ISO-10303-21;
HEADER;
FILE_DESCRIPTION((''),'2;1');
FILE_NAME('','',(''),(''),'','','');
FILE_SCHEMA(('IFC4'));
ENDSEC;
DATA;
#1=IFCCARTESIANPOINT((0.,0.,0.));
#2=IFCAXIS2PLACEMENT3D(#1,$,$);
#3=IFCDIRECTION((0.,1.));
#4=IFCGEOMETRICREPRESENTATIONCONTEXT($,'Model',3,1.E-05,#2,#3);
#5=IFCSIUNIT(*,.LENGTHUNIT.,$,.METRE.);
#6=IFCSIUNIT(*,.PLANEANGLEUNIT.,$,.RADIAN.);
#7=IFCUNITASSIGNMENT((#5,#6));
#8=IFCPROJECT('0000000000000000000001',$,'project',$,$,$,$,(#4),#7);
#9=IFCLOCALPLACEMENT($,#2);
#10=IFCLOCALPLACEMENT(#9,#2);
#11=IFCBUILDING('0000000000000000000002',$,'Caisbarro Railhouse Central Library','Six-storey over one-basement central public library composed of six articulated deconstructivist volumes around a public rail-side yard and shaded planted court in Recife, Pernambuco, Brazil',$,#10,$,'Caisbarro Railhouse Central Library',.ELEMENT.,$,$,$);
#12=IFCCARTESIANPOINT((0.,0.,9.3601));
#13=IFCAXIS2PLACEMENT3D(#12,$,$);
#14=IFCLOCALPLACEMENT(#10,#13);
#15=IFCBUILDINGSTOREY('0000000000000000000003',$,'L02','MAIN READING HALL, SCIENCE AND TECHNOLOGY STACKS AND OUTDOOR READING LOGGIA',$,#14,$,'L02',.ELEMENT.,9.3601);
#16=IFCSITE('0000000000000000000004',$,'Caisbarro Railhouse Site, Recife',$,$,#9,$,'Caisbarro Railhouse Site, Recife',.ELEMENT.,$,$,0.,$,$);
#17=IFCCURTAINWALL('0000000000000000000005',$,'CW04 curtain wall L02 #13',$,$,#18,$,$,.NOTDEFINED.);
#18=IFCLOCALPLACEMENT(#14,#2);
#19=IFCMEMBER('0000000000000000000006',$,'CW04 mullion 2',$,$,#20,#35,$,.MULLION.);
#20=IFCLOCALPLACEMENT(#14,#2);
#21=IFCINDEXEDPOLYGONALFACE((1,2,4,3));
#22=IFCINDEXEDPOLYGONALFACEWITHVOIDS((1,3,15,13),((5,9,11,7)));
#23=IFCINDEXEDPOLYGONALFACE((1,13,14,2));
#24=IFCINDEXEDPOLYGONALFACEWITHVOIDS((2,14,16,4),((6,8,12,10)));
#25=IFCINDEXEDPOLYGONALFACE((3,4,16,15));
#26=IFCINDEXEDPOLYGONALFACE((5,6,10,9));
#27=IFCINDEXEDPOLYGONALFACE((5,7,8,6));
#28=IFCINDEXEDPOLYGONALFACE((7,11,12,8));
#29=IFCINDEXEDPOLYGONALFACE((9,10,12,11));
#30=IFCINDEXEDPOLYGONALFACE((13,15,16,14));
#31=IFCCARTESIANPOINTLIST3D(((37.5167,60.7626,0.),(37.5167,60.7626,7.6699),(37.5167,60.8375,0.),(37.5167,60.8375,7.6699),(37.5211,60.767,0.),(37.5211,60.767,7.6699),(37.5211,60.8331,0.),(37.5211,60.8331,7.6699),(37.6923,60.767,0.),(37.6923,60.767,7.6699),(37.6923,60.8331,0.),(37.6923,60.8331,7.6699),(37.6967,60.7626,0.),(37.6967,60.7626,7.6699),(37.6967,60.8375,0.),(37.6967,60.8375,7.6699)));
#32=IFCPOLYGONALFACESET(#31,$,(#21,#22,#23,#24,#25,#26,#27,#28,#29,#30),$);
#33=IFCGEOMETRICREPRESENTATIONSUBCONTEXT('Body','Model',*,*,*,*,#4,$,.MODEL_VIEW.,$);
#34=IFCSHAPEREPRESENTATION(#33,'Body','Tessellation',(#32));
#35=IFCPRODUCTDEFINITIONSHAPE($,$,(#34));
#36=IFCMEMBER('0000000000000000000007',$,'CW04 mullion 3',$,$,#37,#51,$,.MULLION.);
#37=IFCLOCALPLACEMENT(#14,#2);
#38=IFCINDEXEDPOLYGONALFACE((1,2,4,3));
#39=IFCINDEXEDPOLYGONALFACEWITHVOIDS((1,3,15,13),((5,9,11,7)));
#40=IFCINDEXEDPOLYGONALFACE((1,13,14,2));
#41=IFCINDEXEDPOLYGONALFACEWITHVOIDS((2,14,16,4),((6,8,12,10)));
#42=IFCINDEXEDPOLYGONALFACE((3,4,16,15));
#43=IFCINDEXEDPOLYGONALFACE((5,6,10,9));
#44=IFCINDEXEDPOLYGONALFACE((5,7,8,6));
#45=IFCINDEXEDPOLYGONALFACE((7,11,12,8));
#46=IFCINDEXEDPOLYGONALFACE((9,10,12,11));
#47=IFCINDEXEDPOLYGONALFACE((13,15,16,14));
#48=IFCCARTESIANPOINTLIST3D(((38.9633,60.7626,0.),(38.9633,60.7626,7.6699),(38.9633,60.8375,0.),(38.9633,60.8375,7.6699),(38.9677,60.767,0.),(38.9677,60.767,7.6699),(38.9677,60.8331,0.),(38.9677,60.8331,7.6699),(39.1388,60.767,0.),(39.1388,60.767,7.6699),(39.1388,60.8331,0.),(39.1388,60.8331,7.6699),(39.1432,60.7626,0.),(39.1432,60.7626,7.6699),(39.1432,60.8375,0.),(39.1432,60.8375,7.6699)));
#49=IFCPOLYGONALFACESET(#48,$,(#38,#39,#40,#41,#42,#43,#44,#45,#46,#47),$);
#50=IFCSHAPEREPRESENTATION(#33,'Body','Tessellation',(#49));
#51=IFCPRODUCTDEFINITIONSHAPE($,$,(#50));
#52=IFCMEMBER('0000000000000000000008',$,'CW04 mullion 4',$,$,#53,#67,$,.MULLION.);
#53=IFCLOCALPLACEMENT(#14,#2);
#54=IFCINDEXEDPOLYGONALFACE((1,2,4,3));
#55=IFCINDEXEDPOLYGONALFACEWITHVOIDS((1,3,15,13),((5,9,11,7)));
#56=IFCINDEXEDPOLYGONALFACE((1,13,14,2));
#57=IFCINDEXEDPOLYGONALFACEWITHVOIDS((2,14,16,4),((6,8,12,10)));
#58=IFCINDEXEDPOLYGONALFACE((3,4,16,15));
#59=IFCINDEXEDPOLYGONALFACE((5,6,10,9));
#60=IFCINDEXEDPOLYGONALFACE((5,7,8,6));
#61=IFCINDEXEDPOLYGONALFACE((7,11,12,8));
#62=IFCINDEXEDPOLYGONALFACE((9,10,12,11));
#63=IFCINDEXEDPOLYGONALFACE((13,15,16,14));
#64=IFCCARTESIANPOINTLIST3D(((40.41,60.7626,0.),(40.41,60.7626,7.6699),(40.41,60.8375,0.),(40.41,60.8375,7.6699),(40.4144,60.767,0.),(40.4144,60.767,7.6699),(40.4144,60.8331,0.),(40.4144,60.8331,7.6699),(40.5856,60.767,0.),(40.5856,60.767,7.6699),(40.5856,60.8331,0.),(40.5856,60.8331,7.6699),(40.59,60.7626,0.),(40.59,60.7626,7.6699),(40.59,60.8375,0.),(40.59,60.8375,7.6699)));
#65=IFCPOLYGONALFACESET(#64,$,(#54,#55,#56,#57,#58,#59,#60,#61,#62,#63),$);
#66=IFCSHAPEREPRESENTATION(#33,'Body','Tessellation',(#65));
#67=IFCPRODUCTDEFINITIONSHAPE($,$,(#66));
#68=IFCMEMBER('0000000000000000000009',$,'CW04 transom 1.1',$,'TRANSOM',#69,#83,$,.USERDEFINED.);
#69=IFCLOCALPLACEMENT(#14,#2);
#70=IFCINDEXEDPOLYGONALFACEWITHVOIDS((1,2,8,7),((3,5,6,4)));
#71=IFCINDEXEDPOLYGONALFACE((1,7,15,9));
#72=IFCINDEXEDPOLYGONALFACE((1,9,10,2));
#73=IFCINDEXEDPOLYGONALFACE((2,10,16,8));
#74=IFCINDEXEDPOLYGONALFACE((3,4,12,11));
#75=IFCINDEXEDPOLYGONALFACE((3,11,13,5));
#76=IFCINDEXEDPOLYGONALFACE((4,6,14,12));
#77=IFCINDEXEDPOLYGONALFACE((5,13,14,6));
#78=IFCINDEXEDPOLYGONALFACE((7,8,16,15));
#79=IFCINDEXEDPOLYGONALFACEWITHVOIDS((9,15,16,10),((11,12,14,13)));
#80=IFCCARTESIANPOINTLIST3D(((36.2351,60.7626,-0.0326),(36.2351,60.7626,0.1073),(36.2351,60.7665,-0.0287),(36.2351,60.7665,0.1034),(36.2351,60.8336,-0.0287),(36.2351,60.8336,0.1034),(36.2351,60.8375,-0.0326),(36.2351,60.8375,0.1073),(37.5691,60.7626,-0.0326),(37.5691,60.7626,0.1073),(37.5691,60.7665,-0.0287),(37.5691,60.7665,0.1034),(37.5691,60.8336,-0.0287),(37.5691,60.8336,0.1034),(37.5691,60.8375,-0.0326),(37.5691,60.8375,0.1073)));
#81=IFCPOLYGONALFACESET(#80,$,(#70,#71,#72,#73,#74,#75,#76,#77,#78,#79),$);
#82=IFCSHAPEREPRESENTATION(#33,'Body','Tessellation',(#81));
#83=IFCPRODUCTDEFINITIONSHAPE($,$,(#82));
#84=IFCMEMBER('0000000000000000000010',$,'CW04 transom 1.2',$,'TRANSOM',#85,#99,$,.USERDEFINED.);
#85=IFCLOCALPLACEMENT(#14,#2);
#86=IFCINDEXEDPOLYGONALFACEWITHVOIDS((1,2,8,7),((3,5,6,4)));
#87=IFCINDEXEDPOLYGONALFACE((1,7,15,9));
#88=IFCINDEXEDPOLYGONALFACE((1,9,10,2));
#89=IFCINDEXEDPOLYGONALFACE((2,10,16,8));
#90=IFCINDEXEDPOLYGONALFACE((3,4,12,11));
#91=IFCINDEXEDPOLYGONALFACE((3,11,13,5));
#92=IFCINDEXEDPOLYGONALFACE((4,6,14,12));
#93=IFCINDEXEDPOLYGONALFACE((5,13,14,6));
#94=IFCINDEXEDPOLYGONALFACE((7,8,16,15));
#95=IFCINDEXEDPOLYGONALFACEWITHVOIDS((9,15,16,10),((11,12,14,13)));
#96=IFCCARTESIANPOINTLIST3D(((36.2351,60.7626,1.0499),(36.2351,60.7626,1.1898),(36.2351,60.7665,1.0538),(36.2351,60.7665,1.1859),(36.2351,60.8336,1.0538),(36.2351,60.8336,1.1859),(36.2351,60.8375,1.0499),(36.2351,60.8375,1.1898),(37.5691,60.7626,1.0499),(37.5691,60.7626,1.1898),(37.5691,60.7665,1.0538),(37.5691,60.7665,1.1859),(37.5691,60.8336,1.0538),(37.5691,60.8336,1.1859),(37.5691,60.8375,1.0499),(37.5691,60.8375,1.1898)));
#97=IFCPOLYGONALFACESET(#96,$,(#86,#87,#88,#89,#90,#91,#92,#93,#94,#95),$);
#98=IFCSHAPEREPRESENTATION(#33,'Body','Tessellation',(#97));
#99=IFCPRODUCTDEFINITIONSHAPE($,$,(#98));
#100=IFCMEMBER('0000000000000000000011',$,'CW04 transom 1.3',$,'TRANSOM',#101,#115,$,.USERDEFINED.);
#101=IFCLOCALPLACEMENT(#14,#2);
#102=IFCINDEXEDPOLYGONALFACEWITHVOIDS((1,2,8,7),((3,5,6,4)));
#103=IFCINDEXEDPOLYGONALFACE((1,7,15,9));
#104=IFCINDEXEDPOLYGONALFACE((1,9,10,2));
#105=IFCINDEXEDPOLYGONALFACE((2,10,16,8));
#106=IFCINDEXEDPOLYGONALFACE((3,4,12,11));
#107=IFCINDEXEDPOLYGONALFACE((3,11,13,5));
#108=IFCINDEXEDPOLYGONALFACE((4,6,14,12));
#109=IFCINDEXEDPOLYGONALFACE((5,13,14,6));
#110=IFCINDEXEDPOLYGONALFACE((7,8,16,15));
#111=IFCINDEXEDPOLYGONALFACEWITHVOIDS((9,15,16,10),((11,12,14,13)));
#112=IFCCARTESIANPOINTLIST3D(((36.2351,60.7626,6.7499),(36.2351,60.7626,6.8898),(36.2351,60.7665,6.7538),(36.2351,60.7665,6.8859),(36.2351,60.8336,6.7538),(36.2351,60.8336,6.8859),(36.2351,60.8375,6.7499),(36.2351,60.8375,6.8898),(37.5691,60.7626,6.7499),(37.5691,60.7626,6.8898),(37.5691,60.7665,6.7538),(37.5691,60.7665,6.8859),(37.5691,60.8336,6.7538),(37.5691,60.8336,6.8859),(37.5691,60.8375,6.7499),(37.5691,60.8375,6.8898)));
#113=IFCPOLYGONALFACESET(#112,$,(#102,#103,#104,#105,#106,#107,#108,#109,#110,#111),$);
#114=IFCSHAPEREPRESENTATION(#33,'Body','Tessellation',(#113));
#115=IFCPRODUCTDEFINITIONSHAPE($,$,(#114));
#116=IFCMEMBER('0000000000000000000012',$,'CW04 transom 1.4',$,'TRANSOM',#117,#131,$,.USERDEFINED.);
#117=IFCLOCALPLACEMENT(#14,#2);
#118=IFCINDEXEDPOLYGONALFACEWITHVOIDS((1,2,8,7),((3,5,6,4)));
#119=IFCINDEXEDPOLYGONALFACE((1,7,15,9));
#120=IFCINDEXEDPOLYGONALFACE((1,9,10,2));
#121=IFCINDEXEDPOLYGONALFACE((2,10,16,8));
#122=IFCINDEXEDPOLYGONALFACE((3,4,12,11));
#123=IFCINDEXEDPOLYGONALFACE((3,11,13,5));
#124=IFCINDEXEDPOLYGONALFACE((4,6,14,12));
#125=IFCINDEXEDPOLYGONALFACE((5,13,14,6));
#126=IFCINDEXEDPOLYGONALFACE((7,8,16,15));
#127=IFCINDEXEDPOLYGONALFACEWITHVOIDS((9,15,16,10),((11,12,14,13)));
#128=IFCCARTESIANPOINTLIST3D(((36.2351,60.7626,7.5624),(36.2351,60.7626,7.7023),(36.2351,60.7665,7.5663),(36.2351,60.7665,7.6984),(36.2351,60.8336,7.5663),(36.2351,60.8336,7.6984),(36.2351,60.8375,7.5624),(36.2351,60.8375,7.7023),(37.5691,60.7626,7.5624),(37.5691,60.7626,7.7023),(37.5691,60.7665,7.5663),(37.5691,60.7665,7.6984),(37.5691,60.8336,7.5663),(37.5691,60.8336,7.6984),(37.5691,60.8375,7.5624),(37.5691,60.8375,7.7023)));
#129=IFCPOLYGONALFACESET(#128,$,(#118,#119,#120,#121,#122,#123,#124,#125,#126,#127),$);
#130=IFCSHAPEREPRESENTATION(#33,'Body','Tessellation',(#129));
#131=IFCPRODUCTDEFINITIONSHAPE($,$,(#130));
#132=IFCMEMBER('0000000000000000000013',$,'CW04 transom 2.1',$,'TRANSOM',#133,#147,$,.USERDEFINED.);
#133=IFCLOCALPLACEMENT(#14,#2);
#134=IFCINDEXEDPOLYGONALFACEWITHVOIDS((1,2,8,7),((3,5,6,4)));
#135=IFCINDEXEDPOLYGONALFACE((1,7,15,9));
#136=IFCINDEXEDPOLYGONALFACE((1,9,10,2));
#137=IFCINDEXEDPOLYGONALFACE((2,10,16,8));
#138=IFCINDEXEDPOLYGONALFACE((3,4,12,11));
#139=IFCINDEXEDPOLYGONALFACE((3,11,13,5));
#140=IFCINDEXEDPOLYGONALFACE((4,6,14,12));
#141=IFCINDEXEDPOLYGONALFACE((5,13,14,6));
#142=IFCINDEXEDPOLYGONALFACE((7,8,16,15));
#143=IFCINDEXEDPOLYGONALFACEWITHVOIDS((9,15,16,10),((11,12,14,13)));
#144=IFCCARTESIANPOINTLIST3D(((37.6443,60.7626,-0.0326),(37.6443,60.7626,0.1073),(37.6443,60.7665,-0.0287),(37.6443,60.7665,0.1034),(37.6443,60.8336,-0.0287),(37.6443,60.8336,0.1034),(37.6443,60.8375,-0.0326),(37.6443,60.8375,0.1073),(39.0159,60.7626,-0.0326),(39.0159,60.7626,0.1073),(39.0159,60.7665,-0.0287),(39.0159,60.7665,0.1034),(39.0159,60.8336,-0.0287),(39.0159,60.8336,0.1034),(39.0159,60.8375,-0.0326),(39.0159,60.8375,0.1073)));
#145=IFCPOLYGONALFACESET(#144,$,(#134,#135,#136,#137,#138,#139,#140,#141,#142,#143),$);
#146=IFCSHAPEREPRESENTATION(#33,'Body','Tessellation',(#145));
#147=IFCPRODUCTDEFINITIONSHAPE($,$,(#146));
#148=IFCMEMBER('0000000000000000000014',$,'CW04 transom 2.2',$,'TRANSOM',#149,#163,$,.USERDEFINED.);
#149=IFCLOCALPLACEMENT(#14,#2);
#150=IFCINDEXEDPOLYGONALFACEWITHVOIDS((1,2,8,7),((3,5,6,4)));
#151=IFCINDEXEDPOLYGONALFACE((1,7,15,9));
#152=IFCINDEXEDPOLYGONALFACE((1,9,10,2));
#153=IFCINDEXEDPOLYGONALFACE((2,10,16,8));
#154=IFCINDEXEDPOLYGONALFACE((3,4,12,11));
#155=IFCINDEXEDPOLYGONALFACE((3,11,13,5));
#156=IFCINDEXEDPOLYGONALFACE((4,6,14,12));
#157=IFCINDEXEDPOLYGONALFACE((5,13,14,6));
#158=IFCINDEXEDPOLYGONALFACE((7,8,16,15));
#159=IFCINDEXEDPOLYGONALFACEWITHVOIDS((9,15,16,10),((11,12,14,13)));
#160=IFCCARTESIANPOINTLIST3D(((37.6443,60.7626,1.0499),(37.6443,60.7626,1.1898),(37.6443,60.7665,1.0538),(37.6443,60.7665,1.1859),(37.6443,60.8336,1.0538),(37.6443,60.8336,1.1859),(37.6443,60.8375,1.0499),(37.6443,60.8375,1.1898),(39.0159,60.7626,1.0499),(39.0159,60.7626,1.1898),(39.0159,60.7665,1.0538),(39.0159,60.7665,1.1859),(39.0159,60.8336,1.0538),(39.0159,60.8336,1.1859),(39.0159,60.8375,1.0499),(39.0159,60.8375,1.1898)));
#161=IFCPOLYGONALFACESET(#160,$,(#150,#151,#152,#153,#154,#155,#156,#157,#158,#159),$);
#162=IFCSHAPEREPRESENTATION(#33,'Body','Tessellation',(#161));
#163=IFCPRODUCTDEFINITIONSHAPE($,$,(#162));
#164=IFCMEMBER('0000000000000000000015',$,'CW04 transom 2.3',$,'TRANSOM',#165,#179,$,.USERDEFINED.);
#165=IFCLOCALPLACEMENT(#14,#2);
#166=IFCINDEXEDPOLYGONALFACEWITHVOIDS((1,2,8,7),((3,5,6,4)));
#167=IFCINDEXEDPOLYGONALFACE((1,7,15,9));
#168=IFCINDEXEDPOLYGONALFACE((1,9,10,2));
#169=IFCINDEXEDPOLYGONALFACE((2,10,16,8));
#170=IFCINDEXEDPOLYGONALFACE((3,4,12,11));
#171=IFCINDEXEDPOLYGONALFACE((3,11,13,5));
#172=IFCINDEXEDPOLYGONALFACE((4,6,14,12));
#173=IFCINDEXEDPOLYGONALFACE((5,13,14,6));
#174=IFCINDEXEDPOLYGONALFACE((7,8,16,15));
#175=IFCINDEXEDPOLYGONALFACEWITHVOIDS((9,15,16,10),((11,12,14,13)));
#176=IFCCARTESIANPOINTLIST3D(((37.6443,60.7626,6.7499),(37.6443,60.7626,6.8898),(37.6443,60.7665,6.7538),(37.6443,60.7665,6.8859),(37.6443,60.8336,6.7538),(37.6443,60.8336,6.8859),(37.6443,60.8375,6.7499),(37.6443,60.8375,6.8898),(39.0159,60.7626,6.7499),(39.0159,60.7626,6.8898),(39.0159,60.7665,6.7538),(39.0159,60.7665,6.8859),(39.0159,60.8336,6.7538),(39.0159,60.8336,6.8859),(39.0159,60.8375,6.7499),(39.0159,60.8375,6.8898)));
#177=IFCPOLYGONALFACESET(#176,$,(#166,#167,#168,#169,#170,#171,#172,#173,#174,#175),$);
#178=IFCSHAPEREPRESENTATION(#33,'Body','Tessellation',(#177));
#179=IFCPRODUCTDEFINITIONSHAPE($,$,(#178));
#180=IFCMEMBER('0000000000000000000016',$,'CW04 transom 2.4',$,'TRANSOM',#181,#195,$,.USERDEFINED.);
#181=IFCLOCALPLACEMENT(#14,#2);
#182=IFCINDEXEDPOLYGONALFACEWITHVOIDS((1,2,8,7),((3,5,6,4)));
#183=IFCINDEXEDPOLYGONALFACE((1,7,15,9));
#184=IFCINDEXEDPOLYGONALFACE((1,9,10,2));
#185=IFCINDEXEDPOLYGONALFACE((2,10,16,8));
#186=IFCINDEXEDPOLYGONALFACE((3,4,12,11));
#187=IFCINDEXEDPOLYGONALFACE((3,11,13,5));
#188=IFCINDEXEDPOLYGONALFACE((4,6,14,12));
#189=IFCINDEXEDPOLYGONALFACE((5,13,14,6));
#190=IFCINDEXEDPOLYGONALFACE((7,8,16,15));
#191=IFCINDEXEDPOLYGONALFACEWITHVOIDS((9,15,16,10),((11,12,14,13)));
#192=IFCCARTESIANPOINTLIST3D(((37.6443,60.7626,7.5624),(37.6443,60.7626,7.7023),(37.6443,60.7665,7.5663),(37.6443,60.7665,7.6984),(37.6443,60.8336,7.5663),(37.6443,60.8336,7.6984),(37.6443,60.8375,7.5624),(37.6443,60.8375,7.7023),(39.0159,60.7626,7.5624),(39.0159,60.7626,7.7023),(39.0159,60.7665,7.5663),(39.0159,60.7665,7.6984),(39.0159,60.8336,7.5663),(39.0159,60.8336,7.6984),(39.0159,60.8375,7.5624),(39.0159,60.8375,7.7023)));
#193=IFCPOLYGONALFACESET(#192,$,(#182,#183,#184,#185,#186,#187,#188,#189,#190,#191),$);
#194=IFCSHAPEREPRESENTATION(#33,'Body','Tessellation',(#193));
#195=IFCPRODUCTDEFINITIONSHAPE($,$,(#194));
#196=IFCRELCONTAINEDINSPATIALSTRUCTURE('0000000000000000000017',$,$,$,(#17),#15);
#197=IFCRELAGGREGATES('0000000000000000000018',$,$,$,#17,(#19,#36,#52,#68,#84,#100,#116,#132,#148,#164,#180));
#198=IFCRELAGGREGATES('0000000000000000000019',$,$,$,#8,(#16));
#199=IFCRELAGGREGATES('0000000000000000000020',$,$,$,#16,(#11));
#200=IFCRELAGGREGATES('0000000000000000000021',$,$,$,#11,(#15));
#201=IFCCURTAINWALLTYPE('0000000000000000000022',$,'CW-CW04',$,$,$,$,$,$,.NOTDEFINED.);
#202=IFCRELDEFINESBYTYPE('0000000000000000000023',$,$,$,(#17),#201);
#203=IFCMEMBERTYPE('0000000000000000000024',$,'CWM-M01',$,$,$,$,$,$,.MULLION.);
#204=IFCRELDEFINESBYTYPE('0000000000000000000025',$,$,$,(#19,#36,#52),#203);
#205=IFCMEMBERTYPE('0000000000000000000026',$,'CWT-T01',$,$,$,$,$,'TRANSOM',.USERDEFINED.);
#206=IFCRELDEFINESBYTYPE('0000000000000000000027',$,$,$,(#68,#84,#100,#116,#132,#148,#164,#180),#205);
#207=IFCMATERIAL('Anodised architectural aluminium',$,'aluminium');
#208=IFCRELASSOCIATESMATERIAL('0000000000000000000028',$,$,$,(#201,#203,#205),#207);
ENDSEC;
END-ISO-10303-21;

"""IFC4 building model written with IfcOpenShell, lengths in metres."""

from ifc_helpers import new_model, si_unit, direction, frame, origin, origin_2d, place, context, subcontext, project, spatial, hollow_rectangle, extrude, material, material_profile, profile_set, type_object, element, aggregate, save


model = new_model("IFC4")

# Units and contexts
model_context = context("Model", 3, precision=1e-05, world=origin(), true_north=direction((0.0, 1.0)))
body_context = subcontext(model_context, "Body", "Model", "MODEL_VIEW")
ifc_project = project(units=[si_unit("LENGTHUNIT", "METRE"), si_unit("PLANEANGLEUNIT", "RADIAN")], contexts=[model_context])

# Site, building, storey
site_placement = place(None, origin())
site = spatial("IfcSite", under=ifc_project, at=site_placement, Name="Caisbarro Railhouse Site, Recife", LongName="Caisbarro Railhouse Site, Recife", CompositionType="ELEMENT", RefElevation=0.0)
building_placement = place(site_placement, origin())
building = spatial("IfcBuilding", under=site, at=building_placement, Name="Caisbarro Railhouse Central Library", Description="Six-storey over one-basement central public library composed of six articulated deconstructivist volumes around a public rail-side yard and shaded planted court in Recife, Pernambuco, Brazil", LongName="Caisbarro Railhouse Central Library", CompositionType="ELEMENT")
storey_placement = place(building_placement, frame((0.0, 0.0, 9.3601)))
storey = spatial("IfcBuildingStorey", under=building, at=storey_placement, Name="L02", Description="MAIN READING HALL, SCIENCE AND TECHNOLOGY STACKS AND OUTDOOR READING LOGGIA", LongName="L02", CompositionType="ELEMENT", Elevation=9.3601)

# Curtain wall, members
ifc_material_1 = material(Name="Anodised architectural aluminium", Category="aluminium")
curtain_wall_type = type_object("IfcCurtainWallType", Name="CW-CW04", PredefinedType="NOTDEFINED", material=ifc_material_1)
curtain_wall_placement = place(storey_placement, origin())
curtain_wall = element("IfcCurtainWall", 1, at=curtain_wall_placement, inside=storey, type_object=curtain_wall_type, Name="CW04 curtain wall L02 #13", PredefinedType="NOTDEFINED")
ifc_material_profile_1 = material_profile(ifc_material_1, hollow_rectangle(XDim=0.075, YDim=0.1799, WallThickness=0.0044, at=origin_2d()), Name="ALU-MUL-75X180")
ifc_profile_set_1 = profile_set([ifc_material_profile_1], Name="Anodised architectural aluminium")
member_type_1 = type_object("IfcMemberType", Name="CWM-M01", PredefinedType="MULLION", material=ifc_profile_set_1)
member_1_placement = place(storey_placement, frame((37.6067, 60.8, 0.0), z_axis=(0.0, 0.0, 1.0), x_axis=(0.0, 1.0, 0.0)))
member_1 = element("IfcMember", 2, at=member_1_placement, type_object=member_type_1, Name="CW04 mullion 2", PredefinedType="MULLION", context=body_context, shape_type="SweptSolid", body=[
    extrude(hollow_rectangle(XDim=0.075, YDim=0.1799, WallThickness=0.0044, at=origin_2d()), origin(), (0.0, 0.0, 1.0), 7.6699),
])
member_2_placement = place(storey_placement, frame((39.0532, 60.8, 0.0), z_axis=(0.0, 0.0, 1.0), x_axis=(0.0, 1.0, 0.0)))
member_2 = element("IfcMember", 3, at=member_2_placement, type_object=member_type_1, Name="CW04 mullion 3", PredefinedType="MULLION", context=body_context, shape_type="SweptSolid", body=[
    extrude(hollow_rectangle(XDim=0.075, YDim=0.1799, WallThickness=0.0044, at=origin_2d()), origin(), (0.0, 0.0, 1.0), 7.6699),
])
member_3_placement = place(storey_placement, frame((40.5, 60.8, 0.0), z_axis=(0.0, 0.0, 1.0), x_axis=(0.0, 1.0, 0.0)))
member_3 = element("IfcMember", 4, at=member_3_placement, type_object=member_type_1, Name="CW04 mullion 4", PredefinedType="MULLION", context=body_context, shape_type="SweptSolid", body=[
    extrude(hollow_rectangle(XDim=0.075, YDim=0.1799, WallThickness=0.0044, at=origin_2d()), origin(), (0.0, 0.0, 1.0), 7.6699),
])
ifc_material_profile_2 = material_profile(ifc_material_1, hollow_rectangle(XDim=0.075, YDim=0.1399, WallThickness=0.0039, at=origin_2d()), Name="ALU-TRN-75X140")
ifc_profile_set_2 = profile_set([ifc_material_profile_2], Name="Anodised architectural aluminium")
member_type_2 = type_object("IfcMemberType", Name="CWT-T01", ElementType="TRANSOM", PredefinedType="USERDEFINED", material=ifc_profile_set_2)
member_4_placement = place(storey_placement, frame((36.2351, 60.8, 0.0374), z_axis=(1.0, 0.0, 0.0), x_axis=(0.0, 1.0, 0.0)))
member_4 = element("IfcMember", 5, at=member_4_placement, type_object=member_type_2, Name="CW04 transom 1.1", ObjectType="TRANSOM", PredefinedType="USERDEFINED", context=body_context, shape_type="SweptSolid", body=[
    extrude(hollow_rectangle(XDim=0.075, YDim=0.1399, WallThickness=0.0039, at=origin_2d()), origin(), (0.0, 0.0, 1.0), 1.334),
])
member_5_placement = place(storey_placement, frame((36.2351, 60.8, 1.1199), z_axis=(1.0, 0.0, 0.0), x_axis=(0.0, 1.0, 0.0)))
member_5 = element("IfcMember", 6, at=member_5_placement, type_object=member_type_2, Name="CW04 transom 1.2", ObjectType="TRANSOM", PredefinedType="USERDEFINED", context=body_context, shape_type="SweptSolid", body=[
    extrude(hollow_rectangle(XDim=0.075, YDim=0.1399, WallThickness=0.0039, at=origin_2d()), origin(), (0.0, 0.0, 1.0), 1.334),
])
member_6_placement = place(storey_placement, frame((36.2351, 60.8, 6.8198), z_axis=(1.0, 0.0, 0.0), x_axis=(0.0, 1.0, 0.0)))
member_6 = element("IfcMember", 7, at=member_6_placement, type_object=member_type_2, Name="CW04 transom 1.3", ObjectType="TRANSOM", PredefinedType="USERDEFINED", context=body_context, shape_type="SweptSolid", body=[
    extrude(hollow_rectangle(XDim=0.075, YDim=0.1399, WallThickness=0.0039, at=origin_2d()), origin(), (0.0, 0.0, 1.0), 1.334),
])
member_7_placement = place(storey_placement, frame((36.2351, 60.8, 7.6323), z_axis=(1.0, 0.0, 0.0), x_axis=(0.0, 1.0, 0.0)))
member_7 = element("IfcMember", 8, at=member_7_placement, type_object=member_type_2, Name="CW04 transom 1.4", ObjectType="TRANSOM", PredefinedType="USERDEFINED", context=body_context, shape_type="SweptSolid", body=[
    extrude(hollow_rectangle(XDim=0.075, YDim=0.1399, WallThickness=0.0039, at=origin_2d()), origin(), (0.0, 0.0, 1.0), 1.334),
])
member_8_placement = place(storey_placement, frame((37.6443, 60.8, 0.0374), z_axis=(1.0, 0.0, 0.0), x_axis=(0.0, 1.0, 0.0)))
member_8 = element("IfcMember", 9, at=member_8_placement, type_object=member_type_2, Name="CW04 transom 2.1", ObjectType="TRANSOM", PredefinedType="USERDEFINED", context=body_context, shape_type="SweptSolid", body=[
    extrude(hollow_rectangle(XDim=0.075, YDim=0.1399, WallThickness=0.0039, at=origin_2d()), origin(), (0.0, 0.0, 1.0), 1.3716),
])
member_9_placement = place(storey_placement, frame((37.6443, 60.8, 1.1199), z_axis=(1.0, 0.0, 0.0), x_axis=(0.0, 1.0, 0.0)))
member_9 = element("IfcMember", 10, at=member_9_placement, type_object=member_type_2, Name="CW04 transom 2.2", ObjectType="TRANSOM", PredefinedType="USERDEFINED", context=body_context, shape_type="SweptSolid", body=[
    extrude(hollow_rectangle(XDim=0.075, YDim=0.1399, WallThickness=0.0039, at=origin_2d()), origin(), (0.0, 0.0, 1.0), 1.3716),
])
member_10_placement = place(storey_placement, frame((37.6443, 60.8, 6.8198), z_axis=(1.0, 0.0, 0.0), x_axis=(0.0, 1.0, 0.0)))
member_10 = element("IfcMember", 11, at=member_10_placement, type_object=member_type_2, Name="CW04 transom 2.3", ObjectType="TRANSOM", PredefinedType="USERDEFINED", context=body_context, shape_type="SweptSolid", body=[
    extrude(hollow_rectangle(XDim=0.075, YDim=0.1399, WallThickness=0.0039, at=origin_2d()), origin(), (0.0, 0.0, 1.0), 1.3716),
])
member_11_placement = place(storey_placement, frame((37.6443, 60.8, 7.6323), z_axis=(1.0, 0.0, 0.0), x_axis=(0.0, 1.0, 0.0)))
member_11 = element("IfcMember", 12, at=member_11_placement, type_object=member_type_2, Name="CW04 transom 2.4", ObjectType="TRANSOM", PredefinedType="USERDEFINED", context=body_context, shape_type="SweptSolid", body=[
    extrude(hollow_rectangle(XDim=0.075, YDim=0.1399, WallThickness=0.0039, at=origin_2d()), origin(), (0.0, 0.0, 1.0), 1.3716),
])
aggregate(curtain_wall, [member_1, member_2, member_3, member_4, member_5, member_6, member_7, member_8, member_9, member_10, member_11])

save(model, "model.ifc")
